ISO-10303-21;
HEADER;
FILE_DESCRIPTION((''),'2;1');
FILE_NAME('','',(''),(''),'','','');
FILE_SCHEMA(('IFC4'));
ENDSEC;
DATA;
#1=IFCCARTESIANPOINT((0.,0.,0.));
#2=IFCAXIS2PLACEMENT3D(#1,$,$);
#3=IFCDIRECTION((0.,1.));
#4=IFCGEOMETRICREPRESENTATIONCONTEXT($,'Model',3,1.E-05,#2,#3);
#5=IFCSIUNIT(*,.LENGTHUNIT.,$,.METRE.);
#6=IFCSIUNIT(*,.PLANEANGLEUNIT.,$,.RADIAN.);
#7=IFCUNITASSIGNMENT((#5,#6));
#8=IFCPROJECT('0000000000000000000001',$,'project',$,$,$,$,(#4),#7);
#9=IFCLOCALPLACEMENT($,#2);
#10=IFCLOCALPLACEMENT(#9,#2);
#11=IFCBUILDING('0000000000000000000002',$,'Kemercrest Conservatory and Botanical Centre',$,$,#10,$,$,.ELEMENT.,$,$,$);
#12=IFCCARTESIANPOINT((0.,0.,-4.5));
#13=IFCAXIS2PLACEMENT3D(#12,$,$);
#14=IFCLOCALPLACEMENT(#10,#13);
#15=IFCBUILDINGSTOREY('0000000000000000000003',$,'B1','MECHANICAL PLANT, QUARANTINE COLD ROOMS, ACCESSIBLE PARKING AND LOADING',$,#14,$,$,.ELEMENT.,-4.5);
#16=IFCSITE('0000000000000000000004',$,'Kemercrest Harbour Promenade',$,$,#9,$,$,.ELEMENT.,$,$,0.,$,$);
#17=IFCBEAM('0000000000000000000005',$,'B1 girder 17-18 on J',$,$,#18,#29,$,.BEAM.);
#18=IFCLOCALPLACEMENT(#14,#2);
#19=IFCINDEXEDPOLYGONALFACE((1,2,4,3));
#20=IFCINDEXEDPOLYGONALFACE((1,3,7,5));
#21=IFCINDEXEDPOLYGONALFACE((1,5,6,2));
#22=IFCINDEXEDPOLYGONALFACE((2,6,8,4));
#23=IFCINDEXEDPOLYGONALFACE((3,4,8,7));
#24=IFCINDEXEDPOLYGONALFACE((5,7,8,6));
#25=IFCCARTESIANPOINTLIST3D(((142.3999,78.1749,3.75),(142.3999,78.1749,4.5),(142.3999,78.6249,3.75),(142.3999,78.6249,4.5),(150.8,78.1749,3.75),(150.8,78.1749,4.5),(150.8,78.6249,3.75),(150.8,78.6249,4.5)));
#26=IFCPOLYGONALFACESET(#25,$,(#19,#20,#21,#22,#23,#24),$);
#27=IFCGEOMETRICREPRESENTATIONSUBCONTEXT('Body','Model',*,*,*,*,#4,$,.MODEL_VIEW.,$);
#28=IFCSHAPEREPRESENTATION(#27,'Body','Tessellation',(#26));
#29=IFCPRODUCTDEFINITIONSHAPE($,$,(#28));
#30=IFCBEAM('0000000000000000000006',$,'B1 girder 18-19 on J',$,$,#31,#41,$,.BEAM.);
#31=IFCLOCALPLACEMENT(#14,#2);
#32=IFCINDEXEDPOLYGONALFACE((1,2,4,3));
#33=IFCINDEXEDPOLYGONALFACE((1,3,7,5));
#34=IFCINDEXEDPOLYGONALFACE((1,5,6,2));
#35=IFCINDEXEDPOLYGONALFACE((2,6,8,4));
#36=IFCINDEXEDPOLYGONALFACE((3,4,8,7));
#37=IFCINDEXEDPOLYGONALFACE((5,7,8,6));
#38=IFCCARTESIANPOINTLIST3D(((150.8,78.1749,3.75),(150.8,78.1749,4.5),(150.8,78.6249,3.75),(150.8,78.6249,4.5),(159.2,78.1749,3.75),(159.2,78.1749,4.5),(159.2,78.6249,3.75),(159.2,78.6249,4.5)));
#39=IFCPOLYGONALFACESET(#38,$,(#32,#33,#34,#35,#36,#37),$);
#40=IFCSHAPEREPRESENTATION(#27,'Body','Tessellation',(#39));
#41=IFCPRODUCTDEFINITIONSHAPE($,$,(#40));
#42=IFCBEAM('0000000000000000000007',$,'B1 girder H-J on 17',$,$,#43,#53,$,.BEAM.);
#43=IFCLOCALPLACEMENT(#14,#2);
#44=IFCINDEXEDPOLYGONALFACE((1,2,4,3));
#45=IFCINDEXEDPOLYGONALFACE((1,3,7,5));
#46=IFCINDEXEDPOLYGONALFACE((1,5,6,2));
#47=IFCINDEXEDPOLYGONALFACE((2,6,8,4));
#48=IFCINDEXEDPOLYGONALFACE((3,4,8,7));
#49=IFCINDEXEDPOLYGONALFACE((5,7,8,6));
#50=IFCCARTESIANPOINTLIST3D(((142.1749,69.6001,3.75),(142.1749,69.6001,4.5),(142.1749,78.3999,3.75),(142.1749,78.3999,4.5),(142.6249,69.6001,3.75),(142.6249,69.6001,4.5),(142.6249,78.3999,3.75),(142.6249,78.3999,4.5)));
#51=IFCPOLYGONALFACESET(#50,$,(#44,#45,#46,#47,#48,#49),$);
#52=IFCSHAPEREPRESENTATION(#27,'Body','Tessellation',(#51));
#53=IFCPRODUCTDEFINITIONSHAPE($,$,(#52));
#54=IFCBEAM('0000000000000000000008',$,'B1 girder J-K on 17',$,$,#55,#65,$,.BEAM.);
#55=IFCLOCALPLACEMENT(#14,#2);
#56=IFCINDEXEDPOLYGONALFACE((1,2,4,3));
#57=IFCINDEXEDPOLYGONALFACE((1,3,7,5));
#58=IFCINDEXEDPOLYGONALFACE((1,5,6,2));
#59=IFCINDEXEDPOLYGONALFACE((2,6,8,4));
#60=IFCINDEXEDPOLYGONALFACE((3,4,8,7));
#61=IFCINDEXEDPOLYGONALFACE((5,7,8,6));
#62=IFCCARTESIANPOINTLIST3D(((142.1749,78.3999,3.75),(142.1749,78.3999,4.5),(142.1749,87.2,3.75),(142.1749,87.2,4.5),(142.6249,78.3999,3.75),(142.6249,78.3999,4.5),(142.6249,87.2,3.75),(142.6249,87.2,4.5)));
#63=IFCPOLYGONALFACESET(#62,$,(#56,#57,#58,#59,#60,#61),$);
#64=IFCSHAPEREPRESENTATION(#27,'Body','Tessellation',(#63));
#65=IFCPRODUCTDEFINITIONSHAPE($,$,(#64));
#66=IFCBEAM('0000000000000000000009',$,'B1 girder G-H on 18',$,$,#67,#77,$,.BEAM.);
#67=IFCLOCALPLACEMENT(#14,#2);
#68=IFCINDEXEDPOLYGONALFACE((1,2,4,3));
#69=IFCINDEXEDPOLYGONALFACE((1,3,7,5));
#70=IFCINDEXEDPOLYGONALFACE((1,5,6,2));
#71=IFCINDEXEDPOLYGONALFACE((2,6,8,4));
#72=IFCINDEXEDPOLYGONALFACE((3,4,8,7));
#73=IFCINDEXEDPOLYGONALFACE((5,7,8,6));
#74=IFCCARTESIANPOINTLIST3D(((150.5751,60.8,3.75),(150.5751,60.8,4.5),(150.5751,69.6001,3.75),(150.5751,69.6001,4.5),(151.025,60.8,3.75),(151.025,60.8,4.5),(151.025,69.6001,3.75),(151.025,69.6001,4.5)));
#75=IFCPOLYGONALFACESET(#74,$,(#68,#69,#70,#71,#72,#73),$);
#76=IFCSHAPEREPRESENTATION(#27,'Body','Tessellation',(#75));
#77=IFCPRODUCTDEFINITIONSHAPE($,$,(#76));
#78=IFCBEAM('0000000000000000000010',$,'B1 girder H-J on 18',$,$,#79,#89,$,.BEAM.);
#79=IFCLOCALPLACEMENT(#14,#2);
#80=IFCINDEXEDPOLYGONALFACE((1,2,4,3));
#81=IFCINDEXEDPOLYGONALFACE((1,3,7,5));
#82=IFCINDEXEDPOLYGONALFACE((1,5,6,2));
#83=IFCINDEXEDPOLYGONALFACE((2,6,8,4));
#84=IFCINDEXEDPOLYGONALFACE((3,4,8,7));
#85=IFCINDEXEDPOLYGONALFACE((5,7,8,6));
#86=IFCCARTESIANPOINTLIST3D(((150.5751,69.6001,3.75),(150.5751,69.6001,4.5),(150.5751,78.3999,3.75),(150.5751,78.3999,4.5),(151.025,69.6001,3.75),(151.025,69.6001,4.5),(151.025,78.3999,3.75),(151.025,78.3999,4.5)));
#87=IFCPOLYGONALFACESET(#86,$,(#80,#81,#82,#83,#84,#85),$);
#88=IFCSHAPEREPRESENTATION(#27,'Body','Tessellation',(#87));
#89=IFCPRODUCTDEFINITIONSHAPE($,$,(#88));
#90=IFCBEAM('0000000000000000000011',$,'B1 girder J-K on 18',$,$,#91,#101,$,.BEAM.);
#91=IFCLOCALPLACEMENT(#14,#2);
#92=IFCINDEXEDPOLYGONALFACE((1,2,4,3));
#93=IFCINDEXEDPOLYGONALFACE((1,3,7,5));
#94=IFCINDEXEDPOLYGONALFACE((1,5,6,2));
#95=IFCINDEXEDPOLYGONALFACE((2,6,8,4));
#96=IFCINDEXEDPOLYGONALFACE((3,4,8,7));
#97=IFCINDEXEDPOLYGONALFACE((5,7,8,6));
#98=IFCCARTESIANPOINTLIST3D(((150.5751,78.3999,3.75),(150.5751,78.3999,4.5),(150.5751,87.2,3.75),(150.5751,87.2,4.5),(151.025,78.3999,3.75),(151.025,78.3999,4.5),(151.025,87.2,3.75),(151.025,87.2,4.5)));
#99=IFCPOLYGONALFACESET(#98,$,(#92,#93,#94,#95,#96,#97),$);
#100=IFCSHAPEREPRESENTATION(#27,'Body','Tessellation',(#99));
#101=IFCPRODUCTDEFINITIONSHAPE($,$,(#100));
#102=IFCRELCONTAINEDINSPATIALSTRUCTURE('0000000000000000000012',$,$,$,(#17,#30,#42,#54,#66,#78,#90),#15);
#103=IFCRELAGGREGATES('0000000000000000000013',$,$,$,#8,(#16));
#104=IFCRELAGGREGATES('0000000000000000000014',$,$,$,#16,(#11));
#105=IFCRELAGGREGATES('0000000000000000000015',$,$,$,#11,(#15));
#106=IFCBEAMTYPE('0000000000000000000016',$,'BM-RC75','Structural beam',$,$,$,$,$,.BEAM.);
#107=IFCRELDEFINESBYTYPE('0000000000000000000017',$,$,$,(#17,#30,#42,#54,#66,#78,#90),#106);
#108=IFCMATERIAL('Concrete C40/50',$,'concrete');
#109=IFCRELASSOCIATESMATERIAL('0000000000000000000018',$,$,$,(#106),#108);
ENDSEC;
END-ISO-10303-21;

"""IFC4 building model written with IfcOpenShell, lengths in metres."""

from ifc_helpers import new_model, si_unit, direction, frame, origin, origin_2d, place, context, subcontext, project, spatial, rectangle, extrude, material, material_profile, profile_set, type_object, element, save


model = new_model("IFC4")

# Units and contexts
model_context = context("Model", 3, precision=1e-05, world=origin(), true_north=direction((0.0, 1.0)))
body_context = subcontext(model_context, "Body", "Model", "MODEL_VIEW")
ifc_project = project(units=[si_unit("LENGTHUNIT", "METRE"), si_unit("PLANEANGLEUNIT", "RADIAN")], contexts=[model_context])

# Site, building, storey
site_placement = place(None, origin())
site = spatial("IfcSite", under=ifc_project, at=site_placement, Name="Kemercrest Harbour Promenade", CompositionType="ELEMENT", RefElevation=0.0)
building_placement = place(site_placement, origin())
building = spatial("IfcBuilding", under=site, at=building_placement, Name="Kemercrest Conservatory and Botanical Centre", CompositionType="ELEMENT")
storey_placement = place(building_placement, frame((0.0, 0.0, -4.5)))
storey = spatial("IfcBuildingStorey", under=building, at=storey_placement, Name="B1", Description="MECHANICAL PLANT, QUARANTINE COLD ROOMS, ACCESSIBLE PARKING AND LOADING", CompositionType="ELEMENT", Elevation=-4.5)

# Shared definitions
ifc_material_1 = material(Name="Concrete C40/50", Category="concrete")

# Beams
ifc_material_profile_1 = material_profile(ifc_material_1, rectangle(XDim=0.45, YDim=0.75, at=origin_2d()), Name="RC 450x750")
ifc_profile_set_1 = profile_set([ifc_material_profile_1], Name="Concrete C40/50")
beam_type = type_object("IfcBeamType", Name="BM-RC75", Description="Structural beam", PredefinedType="BEAM", material=ifc_profile_set_1)
beam_1_placement = place(storey_placement, frame((142.3999, 78.3999, 4.125), z_axis=(1.0, 0.0, 0.0), x_axis=(0.0, 1.0, 0.0)))
element("IfcBeam", 1, at=beam_1_placement, inside=storey, type_object=beam_type, Name="B1 girder 17-18 on J", PredefinedType="BEAM", context=body_context, shape_type="SweptSolid", body=[
    extrude(rectangle(XDim=0.45, YDim=0.75, at=origin_2d()), origin(), (0.0, 0.0, 1.0), 8.4001),
])
beam_2_placement = place(storey_placement, frame((150.8, 78.3999, 4.125), z_axis=(1.0, 0.0, 0.0), x_axis=(0.0, 1.0, 0.0)))
element("IfcBeam", 2, at=beam_2_placement, inside=storey, type_object=beam_type, Name="B1 girder 18-19 on J", PredefinedType="BEAM", context=body_context, shape_type="SweptSolid", body=[
    extrude(rectangle(XDim=0.45, YDim=0.75, at=origin_2d()), origin(), (0.0, 0.0, 1.0), 8.3999),
])
beam_3_placement = place(storey_placement, frame((142.3999, 69.6001, 4.125), z_axis=(0.0, 1.0, 0.0), x_axis=(-1.0, 0.0, 0.0)))
element("IfcBeam", 3, at=beam_3_placement, inside=storey, type_object=beam_type, Name="B1 girder H-J on 17", PredefinedType="BEAM", context=body_context, shape_type="SweptSolid", body=[
    extrude(rectangle(XDim=0.45, YDim=0.75, at=origin_2d()), origin(), (0.0, 0.0, 1.0), 8.7998),
])
for number, where, z_axis, x_axis, name in (
    (4, (142.3999, 78.3999, 4.125), (0.0, 1.0, 0.0), (-1.0, 0.0, 0.0), "B1 girder J-K on 17"),
    (5, (150.8, 60.8, 4.125), (0.0, 1.0, 0.0), (-1.0, 0.0, 0.0), "B1 girder G-H on 18"),
):
    element("IfcBeam", number, at=place(storey_placement, frame(where, z_axis=z_axis, x_axis=x_axis)), inside=storey, type_object=beam_type, Name=name, PredefinedType="BEAM", context=body_context, shape_type="SweptSolid", body=[
        extrude(rectangle(XDim=0.45, YDim=0.75, at=origin_2d()), origin(), (0.0, 0.0, 1.0), 8.8),
    ])
beam_4_placement = place(storey_placement, frame((150.8, 69.6001, 4.125), z_axis=(0.0, 1.0, 0.0), x_axis=(-1.0, 0.0, 0.0)))
element("IfcBeam", 6, at=beam_4_placement, inside=storey, type_object=beam_type, Name="B1 girder H-J on 18", PredefinedType="BEAM", context=body_context, shape_type="SweptSolid", body=[
    extrude(rectangle(XDim=0.45, YDim=0.75, at=origin_2d()), origin(), (0.0, 0.0, 1.0), 8.7998),
])
beam_5_placement = place(storey_placement, frame((150.8, 78.3999, 4.125), z_axis=(0.0, 1.0, 0.0), x_axis=(-1.0, 0.0, 0.0)))
element("IfcBeam", 7, at=beam_5_placement, inside=storey, type_object=beam_type, Name="B1 girder J-K on 18", PredefinedType="BEAM", context=body_context, shape_type="SweptSolid", body=[
    extrude(rectangle(XDim=0.45, YDim=0.75, at=origin_2d()), origin(), (0.0, 0.0, 1.0), 8.8),
])

save(model, "model.ifc")
